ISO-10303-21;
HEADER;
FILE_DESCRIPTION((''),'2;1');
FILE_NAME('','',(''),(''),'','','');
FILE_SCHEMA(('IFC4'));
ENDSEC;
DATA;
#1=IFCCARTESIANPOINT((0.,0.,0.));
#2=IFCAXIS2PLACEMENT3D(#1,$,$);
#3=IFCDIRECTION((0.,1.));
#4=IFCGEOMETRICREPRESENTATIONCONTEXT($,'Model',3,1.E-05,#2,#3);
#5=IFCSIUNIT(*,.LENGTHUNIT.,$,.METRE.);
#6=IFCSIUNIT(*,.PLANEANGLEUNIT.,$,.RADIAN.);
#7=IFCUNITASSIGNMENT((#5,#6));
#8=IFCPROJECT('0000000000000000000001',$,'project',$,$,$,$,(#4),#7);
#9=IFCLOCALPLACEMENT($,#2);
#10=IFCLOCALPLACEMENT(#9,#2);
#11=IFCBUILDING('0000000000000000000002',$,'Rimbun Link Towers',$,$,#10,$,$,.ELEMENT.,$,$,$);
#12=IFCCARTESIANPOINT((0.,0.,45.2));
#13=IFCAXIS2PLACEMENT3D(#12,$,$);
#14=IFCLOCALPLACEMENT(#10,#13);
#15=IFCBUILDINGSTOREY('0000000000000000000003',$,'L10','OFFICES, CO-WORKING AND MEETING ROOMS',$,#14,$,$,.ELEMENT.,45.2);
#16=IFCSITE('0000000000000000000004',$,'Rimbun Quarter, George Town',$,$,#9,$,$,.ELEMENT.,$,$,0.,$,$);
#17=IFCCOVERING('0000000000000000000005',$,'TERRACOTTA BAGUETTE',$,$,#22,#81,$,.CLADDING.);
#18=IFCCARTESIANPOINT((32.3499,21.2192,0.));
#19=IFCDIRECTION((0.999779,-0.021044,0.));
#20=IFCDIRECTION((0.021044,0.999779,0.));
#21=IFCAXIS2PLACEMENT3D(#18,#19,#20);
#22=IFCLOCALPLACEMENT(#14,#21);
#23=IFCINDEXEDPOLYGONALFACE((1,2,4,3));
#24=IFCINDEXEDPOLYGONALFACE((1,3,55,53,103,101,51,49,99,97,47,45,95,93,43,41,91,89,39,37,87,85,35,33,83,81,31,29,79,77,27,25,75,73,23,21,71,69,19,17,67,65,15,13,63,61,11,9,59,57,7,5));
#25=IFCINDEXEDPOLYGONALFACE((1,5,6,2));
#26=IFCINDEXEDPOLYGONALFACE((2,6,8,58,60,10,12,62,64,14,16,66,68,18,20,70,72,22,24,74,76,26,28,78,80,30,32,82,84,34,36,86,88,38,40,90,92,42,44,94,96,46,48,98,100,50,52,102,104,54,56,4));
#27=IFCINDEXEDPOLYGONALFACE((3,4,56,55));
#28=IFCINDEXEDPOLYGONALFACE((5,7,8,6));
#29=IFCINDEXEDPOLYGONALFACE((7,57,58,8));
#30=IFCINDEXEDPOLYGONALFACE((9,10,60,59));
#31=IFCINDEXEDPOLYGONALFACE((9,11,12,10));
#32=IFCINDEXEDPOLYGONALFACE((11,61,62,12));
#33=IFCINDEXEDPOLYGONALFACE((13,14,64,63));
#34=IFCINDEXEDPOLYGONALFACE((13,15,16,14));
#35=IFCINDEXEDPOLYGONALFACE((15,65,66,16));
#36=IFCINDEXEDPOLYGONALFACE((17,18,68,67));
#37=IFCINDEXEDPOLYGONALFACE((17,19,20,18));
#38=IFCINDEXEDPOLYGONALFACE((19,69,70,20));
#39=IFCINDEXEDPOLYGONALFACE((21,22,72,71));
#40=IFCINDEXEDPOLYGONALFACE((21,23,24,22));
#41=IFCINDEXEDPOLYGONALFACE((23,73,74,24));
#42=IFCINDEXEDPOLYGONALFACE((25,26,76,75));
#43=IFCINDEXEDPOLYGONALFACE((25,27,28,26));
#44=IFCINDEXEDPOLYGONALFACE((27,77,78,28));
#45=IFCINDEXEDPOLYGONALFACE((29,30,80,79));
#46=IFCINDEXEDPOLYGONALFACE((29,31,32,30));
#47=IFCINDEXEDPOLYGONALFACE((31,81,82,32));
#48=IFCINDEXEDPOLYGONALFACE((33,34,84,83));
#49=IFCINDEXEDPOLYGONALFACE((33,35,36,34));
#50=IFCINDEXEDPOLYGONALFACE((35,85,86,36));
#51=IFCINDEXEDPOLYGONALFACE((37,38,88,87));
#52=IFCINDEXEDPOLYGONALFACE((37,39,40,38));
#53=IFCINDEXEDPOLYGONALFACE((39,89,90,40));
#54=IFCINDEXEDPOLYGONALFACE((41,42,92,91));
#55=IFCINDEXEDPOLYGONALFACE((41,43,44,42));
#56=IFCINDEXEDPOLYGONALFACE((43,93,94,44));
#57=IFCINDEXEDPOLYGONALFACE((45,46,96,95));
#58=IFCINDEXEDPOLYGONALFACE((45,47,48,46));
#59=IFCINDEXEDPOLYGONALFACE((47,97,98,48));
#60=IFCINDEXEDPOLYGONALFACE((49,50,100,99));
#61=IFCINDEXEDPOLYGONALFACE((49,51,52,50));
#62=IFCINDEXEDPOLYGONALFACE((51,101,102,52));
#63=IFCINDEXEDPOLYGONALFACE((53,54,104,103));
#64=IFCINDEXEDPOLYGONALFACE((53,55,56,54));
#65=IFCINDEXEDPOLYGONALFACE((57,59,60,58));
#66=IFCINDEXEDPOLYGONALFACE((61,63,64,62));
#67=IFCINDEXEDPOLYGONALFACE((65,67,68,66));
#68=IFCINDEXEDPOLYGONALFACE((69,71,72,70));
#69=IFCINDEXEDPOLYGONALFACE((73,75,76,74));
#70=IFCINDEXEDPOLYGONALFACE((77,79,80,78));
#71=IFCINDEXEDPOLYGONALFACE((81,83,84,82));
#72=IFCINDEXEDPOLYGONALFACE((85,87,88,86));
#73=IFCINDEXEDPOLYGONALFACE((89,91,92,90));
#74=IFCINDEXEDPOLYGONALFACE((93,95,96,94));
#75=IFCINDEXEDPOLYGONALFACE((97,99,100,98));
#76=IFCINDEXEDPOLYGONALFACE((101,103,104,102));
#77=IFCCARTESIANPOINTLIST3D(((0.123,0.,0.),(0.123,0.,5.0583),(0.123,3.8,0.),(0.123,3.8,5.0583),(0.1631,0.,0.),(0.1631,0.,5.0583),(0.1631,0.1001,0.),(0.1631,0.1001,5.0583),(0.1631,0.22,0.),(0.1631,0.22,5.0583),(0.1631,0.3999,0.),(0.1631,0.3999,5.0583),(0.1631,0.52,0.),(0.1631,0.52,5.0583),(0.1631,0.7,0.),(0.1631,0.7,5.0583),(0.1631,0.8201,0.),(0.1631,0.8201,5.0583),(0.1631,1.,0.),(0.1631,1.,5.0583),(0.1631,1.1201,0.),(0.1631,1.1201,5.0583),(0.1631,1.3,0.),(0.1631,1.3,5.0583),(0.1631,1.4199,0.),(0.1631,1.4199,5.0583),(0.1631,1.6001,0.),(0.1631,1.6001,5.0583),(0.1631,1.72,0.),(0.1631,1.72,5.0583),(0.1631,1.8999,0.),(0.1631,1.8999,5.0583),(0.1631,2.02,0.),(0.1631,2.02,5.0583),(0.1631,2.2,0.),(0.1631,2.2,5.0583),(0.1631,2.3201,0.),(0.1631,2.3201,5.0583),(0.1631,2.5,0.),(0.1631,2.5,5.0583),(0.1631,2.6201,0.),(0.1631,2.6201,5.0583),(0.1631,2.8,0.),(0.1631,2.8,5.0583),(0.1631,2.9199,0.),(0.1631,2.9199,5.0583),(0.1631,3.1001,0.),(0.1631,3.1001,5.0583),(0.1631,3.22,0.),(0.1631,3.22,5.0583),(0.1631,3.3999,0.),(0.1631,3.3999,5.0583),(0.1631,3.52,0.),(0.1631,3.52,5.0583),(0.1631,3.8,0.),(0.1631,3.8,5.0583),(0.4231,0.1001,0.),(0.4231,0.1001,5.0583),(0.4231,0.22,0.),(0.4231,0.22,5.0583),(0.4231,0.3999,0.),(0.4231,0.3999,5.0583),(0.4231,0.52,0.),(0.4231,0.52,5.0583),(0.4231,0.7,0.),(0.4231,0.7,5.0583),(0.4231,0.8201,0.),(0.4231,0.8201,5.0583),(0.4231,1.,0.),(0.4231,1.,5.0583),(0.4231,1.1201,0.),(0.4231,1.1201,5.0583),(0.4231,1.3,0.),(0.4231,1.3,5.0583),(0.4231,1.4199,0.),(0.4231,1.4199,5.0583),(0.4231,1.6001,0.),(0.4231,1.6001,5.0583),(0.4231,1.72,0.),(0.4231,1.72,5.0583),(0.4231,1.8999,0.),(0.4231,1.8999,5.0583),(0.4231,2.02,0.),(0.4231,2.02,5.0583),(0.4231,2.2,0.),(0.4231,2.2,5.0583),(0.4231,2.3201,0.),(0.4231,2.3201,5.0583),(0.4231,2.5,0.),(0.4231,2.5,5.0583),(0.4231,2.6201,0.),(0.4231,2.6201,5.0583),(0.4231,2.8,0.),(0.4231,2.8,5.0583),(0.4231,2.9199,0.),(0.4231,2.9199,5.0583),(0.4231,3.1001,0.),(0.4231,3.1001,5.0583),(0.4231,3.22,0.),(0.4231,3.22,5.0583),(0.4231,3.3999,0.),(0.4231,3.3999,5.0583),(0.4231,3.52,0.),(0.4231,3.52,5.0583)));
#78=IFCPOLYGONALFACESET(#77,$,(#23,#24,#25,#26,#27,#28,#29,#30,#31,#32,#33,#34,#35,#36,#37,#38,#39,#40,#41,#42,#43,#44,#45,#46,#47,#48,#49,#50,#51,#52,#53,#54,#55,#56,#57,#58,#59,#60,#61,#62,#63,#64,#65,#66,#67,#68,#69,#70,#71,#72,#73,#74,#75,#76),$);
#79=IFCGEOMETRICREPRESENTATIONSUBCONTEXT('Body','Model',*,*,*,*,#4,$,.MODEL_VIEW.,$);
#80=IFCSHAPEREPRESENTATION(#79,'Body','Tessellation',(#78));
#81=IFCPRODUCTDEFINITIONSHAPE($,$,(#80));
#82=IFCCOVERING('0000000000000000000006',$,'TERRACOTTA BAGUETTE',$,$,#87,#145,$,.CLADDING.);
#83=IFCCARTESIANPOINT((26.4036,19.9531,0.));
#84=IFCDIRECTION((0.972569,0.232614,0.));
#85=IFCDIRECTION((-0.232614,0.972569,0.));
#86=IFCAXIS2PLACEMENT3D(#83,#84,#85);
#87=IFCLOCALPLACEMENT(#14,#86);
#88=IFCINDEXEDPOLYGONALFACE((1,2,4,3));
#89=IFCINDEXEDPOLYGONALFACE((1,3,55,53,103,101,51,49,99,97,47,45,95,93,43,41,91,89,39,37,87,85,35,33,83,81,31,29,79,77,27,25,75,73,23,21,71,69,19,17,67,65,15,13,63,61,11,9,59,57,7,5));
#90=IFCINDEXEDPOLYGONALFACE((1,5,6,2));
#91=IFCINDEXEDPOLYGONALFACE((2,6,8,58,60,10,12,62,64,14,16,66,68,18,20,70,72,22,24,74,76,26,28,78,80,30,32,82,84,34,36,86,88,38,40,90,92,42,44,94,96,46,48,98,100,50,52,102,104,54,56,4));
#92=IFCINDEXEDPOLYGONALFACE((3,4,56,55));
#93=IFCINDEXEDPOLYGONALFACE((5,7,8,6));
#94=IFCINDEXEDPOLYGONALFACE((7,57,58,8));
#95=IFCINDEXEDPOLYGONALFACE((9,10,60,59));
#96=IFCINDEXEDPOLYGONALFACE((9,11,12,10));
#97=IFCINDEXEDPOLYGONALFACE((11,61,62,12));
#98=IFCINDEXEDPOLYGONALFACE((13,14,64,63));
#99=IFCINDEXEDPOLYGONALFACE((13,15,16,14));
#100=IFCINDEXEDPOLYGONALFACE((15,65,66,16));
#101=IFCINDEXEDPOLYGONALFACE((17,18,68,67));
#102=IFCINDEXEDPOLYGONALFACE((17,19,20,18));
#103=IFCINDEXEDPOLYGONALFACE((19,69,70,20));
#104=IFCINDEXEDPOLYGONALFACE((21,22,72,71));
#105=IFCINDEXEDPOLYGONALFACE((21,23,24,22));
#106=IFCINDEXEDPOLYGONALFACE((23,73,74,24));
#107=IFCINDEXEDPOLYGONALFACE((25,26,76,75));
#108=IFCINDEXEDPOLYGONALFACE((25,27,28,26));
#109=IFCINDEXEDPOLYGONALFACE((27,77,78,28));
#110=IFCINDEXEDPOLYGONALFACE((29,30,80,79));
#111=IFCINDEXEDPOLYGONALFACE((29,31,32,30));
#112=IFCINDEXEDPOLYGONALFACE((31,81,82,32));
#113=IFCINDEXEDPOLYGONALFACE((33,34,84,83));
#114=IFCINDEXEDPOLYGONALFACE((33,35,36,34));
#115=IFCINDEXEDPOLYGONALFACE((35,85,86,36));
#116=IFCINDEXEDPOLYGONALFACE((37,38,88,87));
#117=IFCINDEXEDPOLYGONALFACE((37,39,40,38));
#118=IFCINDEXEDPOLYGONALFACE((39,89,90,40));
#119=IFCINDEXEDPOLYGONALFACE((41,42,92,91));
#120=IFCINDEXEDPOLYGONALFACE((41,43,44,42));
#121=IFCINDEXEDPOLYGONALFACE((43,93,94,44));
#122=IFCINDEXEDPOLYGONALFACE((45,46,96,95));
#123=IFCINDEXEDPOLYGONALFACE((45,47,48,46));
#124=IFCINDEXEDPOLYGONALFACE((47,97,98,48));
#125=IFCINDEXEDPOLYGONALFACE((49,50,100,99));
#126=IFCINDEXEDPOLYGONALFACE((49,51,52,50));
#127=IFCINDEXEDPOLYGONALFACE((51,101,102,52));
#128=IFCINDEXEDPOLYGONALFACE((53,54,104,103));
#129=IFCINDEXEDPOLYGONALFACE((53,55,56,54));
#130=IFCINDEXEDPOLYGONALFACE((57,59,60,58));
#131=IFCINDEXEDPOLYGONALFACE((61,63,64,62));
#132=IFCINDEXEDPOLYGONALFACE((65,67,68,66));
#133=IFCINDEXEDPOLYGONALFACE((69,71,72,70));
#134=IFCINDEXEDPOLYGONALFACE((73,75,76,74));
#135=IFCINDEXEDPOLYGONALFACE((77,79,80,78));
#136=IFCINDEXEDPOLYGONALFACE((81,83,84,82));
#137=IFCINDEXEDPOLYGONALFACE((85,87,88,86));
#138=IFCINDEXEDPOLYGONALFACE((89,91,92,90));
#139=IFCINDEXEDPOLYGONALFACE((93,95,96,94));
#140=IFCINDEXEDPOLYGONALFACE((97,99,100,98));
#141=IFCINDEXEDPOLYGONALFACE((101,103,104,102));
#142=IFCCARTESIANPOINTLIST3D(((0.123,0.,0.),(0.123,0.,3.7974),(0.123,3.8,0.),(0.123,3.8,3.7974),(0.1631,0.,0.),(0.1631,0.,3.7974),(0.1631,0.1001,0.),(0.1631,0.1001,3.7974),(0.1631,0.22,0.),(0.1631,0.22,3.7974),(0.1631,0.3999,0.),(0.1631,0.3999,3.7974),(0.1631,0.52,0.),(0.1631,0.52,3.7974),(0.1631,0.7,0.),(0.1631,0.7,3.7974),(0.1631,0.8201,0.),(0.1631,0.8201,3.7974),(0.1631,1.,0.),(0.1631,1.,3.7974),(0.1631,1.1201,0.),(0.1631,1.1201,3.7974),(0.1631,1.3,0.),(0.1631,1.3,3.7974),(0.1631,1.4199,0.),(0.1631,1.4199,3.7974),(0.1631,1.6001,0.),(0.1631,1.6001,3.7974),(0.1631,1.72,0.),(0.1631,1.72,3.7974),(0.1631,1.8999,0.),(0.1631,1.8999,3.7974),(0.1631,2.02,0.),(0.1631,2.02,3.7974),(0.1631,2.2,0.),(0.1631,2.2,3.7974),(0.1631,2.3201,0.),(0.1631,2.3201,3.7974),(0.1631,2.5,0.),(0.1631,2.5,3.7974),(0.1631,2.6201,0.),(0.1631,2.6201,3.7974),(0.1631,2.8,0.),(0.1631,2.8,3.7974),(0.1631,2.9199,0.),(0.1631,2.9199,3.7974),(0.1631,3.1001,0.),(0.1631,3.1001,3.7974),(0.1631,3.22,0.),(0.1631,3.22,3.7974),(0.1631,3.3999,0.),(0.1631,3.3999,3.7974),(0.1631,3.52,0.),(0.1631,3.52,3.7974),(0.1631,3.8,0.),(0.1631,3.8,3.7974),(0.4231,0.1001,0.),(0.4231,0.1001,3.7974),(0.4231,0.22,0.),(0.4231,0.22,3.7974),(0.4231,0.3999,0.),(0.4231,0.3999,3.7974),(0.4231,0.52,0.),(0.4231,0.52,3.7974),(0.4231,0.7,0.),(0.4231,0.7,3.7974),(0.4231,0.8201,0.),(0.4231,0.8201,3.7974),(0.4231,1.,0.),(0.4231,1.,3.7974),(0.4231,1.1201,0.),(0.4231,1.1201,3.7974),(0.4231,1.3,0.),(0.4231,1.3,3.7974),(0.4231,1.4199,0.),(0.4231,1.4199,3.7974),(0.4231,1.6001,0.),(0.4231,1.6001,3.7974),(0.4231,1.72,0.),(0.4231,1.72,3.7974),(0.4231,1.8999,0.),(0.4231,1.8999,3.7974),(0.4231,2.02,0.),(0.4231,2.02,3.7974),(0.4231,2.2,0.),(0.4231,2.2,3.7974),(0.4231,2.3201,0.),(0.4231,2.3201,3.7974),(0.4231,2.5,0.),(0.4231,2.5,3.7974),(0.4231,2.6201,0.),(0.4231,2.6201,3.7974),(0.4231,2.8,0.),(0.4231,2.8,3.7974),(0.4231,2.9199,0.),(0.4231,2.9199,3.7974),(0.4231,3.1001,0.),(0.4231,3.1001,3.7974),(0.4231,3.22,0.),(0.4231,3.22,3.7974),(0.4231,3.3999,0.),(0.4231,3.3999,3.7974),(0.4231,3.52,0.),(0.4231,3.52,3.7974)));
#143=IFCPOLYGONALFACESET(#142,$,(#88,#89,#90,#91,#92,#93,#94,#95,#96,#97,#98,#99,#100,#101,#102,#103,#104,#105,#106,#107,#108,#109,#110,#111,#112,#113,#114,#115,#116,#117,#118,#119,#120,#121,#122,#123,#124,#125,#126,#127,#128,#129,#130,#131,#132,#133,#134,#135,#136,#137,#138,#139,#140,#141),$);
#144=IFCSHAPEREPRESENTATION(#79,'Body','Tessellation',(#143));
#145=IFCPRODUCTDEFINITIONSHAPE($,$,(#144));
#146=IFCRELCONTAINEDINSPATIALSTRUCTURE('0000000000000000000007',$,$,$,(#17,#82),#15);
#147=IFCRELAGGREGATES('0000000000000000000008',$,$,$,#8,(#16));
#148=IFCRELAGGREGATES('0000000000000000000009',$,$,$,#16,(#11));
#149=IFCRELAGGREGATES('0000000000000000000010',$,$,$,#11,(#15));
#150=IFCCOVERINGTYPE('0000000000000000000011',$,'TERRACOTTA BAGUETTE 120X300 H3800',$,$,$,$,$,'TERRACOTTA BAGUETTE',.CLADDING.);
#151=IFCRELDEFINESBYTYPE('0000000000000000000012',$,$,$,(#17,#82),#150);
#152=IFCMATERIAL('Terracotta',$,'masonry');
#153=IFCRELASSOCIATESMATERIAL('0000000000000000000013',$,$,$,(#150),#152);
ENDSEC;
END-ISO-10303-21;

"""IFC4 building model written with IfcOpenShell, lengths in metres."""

from ifc_helpers import new_model, si_unit, direction, frame, origin, place, context, subcontext, project, spatial, polyline, outline, extrude, material, material_profile, profile_set, type_object, element, save


model = new_model("IFC4")

# Units and contexts
model_context = context("Model", 3, precision=1e-05, world=origin(), true_north=direction((0.0, 1.0)))
body_context = subcontext(model_context, "Body", "Model", "MODEL_VIEW")
ifc_project = project(units=[si_unit("LENGTHUNIT", "METRE"), si_unit("PLANEANGLEUNIT", "RADIAN")], contexts=[model_context])

# Site, building, storey
site_placement = place(None, origin())
site = spatial("IfcSite", under=ifc_project, at=site_placement, Name="Rimbun Quarter, George Town", CompositionType="ELEMENT", RefElevation=0.0)
building_placement = place(site_placement, origin())
building = spatial("IfcBuilding", under=site, at=building_placement, Name="Rimbun Link Towers", CompositionType="ELEMENT")
storey_placement = place(building_placement, frame((0.0, 0.0, 45.2)))
storey = spatial("IfcBuildingStorey", under=building, at=storey_placement, Name="L10", Description="OFFICES, CO-WORKING AND MEETING ROOMS", CompositionType="ELEMENT", Elevation=45.2)

# Coverings
ifc_material_1 = material(Name="Terracotta", Category="masonry")
ifc_material_profile_1 = material_profile(ifc_material_1, outline(polyline([(0.123, 0.0), (0.1631, 0.0), (0.1631, 0.1001), (0.4231, 0.1001), (0.4231, 0.22), (0.1631, 0.22), (0.1631, 0.3999), (0.4231, 0.3999), (0.4231, 0.52), (0.1631, 0.52), (0.1631, 0.7), (0.4231, 0.7), (0.4231, 0.8201), (0.1631, 0.8201), (0.1631, 1.0), (0.4231, 1.0), (0.4231, 1.1201), (0.1631, 1.1201), (0.1631, 1.3), (0.4231, 1.3), (0.4231, 1.4199), (0.1631, 1.4199), (0.1631, 1.6001), (0.4231, 1.6001), (0.4231, 1.72), (0.1631, 1.72), (0.1631, 1.8999), (0.4231, 1.8999), (0.4231, 2.02), (0.1631, 2.02), (0.1631, 2.2), (0.4231, 2.2), (0.4231, 2.3201), (0.1631, 2.3201), (0.1631, 2.5), (0.4231, 2.5), (0.4231, 2.6201), (0.1631, 2.6201), (0.1631, 2.8), (0.4231, 2.8), (0.4231, 2.9199), (0.1631, 2.9199), (0.1631, 3.1001), (0.4231, 3.1001), (0.4231, 3.22), (0.1631, 3.22), (0.1631, 3.3999), (0.4231, 3.3999), (0.4231, 3.52), (0.1631, 3.52), (0.1631, 3.8), (0.123, 3.8), (0.123, 0.0)])), Name="BAGUETTE 120X300")
ifc_profile_set_1 = profile_set([ifc_material_profile_1], Name="Terracotta")
covering_type = type_object("IfcCoveringType", Name="TERRACOTTA BAGUETTE 120X300 H3800", ElementType="TERRACOTTA BAGUETTE", PredefinedType="CLADDING", material=ifc_profile_set_1)
covering_1_placement = place(storey_placement, frame((32.3499, 21.2192, 0.0), z_axis=(0.999779, -0.021044, 0.0), x_axis=(0.021044, 0.999779, 0.0)))
element("IfcCovering", 1, at=covering_1_placement, inside=storey, type_object=covering_type, Name="TERRACOTTA BAGUETTE", PredefinedType="CLADDING", context=body_context, shape_type="SweptSolid", body=[
    extrude(outline(polyline([(0.123, 0.0), (0.1631, 0.0), (0.1631, 0.1001), (0.4231, 0.1001), (0.4231, 0.22), (0.1631, 0.22), (0.1631, 0.3999), (0.4231, 0.3999), (0.4231, 0.52), (0.1631, 0.52), (0.1631, 0.7), (0.4231, 0.7), (0.4231, 0.8201), (0.1631, 0.8201), (0.1631, 1.0), (0.4231, 1.0), (0.4231, 1.1201), (0.1631, 1.1201), (0.1631, 1.3), (0.4231, 1.3), (0.4231, 1.4199), (0.1631, 1.4199), (0.1631, 1.6001), (0.4231, 1.6001), (0.4231, 1.72), (0.1631, 1.72), (0.1631, 1.8999), (0.4231, 1.8999), (0.4231, 2.02), (0.1631, 2.02), (0.1631, 2.2), (0.4231, 2.2), (0.4231, 2.3201), (0.1631, 2.3201), (0.1631, 2.5), (0.4231, 2.5), (0.4231, 2.6201), (0.1631, 2.6201), (0.1631, 2.8), (0.4231, 2.8), (0.4231, 2.9199), (0.1631, 2.9199), (0.1631, 3.1001), (0.4231, 3.1001), (0.4231, 3.22), (0.1631, 3.22), (0.1631, 3.3999), (0.4231, 3.3999), (0.4231, 3.52), (0.1631, 3.52), (0.1631, 3.8), (0.123, 3.8), (0.123, 0.0)])), origin(), (0.0, 0.0, 1.0), 5.0583),
])
covering_2_placement = place(storey_placement, frame((26.4036, 19.9531, 0.0), z_axis=(0.972569, 0.232614, 0.0), x_axis=(-0.232614, 0.972569, 0.0)))
element("IfcCovering", 2, at=covering_2_placement, inside=storey, type_object=covering_type, Name="TERRACOTTA BAGUETTE", PredefinedType="CLADDING", context=body_context, shape_type="SweptSolid", body=[
    extrude(outline(polyline([(0.123, 0.0), (0.1631, 0.0), (0.1631, 0.1001), (0.4231, 0.1001), (0.4231, 0.22), (0.1631, 0.22), (0.1631, 0.3999), (0.4231, 0.3999), (0.4231, 0.52), (0.1631, 0.52), (0.1631, 0.7), (0.4231, 0.7), (0.4231, 0.8201), (0.1631, 0.8201), (0.1631, 1.0), (0.4231, 1.0), (0.4231, 1.1201), (0.1631, 1.1201), (0.1631, 1.3), (0.4231, 1.3), (0.4231, 1.4199), (0.1631, 1.4199), (0.1631, 1.6001), (0.4231, 1.6001), (0.4231, 1.72), (0.1631, 1.72), (0.1631, 1.8999), (0.4231, 1.8999), (0.4231, 2.02), (0.1631, 2.02), (0.1631, 2.2), (0.4231, 2.2), (0.4231, 2.3201), (0.1631, 2.3201), (0.1631, 2.5), (0.4231, 2.5), (0.4231, 2.6201), (0.1631, 2.6201), (0.1631, 2.8), (0.4231, 2.8), (0.4231, 2.9199), (0.1631, 2.9199), (0.1631, 3.1001), (0.4231, 3.1001), (0.4231, 3.22), (0.1631, 3.22), (0.1631, 3.3999), (0.4231, 3.3999), (0.4231, 3.52), (0.1631, 3.52), (0.1631, 3.8), (0.123, 3.8), (0.123, 0.0)])), origin(), (0.0, 0.0, 1.0), 3.7974),
])

save(model, "model.ifc")
